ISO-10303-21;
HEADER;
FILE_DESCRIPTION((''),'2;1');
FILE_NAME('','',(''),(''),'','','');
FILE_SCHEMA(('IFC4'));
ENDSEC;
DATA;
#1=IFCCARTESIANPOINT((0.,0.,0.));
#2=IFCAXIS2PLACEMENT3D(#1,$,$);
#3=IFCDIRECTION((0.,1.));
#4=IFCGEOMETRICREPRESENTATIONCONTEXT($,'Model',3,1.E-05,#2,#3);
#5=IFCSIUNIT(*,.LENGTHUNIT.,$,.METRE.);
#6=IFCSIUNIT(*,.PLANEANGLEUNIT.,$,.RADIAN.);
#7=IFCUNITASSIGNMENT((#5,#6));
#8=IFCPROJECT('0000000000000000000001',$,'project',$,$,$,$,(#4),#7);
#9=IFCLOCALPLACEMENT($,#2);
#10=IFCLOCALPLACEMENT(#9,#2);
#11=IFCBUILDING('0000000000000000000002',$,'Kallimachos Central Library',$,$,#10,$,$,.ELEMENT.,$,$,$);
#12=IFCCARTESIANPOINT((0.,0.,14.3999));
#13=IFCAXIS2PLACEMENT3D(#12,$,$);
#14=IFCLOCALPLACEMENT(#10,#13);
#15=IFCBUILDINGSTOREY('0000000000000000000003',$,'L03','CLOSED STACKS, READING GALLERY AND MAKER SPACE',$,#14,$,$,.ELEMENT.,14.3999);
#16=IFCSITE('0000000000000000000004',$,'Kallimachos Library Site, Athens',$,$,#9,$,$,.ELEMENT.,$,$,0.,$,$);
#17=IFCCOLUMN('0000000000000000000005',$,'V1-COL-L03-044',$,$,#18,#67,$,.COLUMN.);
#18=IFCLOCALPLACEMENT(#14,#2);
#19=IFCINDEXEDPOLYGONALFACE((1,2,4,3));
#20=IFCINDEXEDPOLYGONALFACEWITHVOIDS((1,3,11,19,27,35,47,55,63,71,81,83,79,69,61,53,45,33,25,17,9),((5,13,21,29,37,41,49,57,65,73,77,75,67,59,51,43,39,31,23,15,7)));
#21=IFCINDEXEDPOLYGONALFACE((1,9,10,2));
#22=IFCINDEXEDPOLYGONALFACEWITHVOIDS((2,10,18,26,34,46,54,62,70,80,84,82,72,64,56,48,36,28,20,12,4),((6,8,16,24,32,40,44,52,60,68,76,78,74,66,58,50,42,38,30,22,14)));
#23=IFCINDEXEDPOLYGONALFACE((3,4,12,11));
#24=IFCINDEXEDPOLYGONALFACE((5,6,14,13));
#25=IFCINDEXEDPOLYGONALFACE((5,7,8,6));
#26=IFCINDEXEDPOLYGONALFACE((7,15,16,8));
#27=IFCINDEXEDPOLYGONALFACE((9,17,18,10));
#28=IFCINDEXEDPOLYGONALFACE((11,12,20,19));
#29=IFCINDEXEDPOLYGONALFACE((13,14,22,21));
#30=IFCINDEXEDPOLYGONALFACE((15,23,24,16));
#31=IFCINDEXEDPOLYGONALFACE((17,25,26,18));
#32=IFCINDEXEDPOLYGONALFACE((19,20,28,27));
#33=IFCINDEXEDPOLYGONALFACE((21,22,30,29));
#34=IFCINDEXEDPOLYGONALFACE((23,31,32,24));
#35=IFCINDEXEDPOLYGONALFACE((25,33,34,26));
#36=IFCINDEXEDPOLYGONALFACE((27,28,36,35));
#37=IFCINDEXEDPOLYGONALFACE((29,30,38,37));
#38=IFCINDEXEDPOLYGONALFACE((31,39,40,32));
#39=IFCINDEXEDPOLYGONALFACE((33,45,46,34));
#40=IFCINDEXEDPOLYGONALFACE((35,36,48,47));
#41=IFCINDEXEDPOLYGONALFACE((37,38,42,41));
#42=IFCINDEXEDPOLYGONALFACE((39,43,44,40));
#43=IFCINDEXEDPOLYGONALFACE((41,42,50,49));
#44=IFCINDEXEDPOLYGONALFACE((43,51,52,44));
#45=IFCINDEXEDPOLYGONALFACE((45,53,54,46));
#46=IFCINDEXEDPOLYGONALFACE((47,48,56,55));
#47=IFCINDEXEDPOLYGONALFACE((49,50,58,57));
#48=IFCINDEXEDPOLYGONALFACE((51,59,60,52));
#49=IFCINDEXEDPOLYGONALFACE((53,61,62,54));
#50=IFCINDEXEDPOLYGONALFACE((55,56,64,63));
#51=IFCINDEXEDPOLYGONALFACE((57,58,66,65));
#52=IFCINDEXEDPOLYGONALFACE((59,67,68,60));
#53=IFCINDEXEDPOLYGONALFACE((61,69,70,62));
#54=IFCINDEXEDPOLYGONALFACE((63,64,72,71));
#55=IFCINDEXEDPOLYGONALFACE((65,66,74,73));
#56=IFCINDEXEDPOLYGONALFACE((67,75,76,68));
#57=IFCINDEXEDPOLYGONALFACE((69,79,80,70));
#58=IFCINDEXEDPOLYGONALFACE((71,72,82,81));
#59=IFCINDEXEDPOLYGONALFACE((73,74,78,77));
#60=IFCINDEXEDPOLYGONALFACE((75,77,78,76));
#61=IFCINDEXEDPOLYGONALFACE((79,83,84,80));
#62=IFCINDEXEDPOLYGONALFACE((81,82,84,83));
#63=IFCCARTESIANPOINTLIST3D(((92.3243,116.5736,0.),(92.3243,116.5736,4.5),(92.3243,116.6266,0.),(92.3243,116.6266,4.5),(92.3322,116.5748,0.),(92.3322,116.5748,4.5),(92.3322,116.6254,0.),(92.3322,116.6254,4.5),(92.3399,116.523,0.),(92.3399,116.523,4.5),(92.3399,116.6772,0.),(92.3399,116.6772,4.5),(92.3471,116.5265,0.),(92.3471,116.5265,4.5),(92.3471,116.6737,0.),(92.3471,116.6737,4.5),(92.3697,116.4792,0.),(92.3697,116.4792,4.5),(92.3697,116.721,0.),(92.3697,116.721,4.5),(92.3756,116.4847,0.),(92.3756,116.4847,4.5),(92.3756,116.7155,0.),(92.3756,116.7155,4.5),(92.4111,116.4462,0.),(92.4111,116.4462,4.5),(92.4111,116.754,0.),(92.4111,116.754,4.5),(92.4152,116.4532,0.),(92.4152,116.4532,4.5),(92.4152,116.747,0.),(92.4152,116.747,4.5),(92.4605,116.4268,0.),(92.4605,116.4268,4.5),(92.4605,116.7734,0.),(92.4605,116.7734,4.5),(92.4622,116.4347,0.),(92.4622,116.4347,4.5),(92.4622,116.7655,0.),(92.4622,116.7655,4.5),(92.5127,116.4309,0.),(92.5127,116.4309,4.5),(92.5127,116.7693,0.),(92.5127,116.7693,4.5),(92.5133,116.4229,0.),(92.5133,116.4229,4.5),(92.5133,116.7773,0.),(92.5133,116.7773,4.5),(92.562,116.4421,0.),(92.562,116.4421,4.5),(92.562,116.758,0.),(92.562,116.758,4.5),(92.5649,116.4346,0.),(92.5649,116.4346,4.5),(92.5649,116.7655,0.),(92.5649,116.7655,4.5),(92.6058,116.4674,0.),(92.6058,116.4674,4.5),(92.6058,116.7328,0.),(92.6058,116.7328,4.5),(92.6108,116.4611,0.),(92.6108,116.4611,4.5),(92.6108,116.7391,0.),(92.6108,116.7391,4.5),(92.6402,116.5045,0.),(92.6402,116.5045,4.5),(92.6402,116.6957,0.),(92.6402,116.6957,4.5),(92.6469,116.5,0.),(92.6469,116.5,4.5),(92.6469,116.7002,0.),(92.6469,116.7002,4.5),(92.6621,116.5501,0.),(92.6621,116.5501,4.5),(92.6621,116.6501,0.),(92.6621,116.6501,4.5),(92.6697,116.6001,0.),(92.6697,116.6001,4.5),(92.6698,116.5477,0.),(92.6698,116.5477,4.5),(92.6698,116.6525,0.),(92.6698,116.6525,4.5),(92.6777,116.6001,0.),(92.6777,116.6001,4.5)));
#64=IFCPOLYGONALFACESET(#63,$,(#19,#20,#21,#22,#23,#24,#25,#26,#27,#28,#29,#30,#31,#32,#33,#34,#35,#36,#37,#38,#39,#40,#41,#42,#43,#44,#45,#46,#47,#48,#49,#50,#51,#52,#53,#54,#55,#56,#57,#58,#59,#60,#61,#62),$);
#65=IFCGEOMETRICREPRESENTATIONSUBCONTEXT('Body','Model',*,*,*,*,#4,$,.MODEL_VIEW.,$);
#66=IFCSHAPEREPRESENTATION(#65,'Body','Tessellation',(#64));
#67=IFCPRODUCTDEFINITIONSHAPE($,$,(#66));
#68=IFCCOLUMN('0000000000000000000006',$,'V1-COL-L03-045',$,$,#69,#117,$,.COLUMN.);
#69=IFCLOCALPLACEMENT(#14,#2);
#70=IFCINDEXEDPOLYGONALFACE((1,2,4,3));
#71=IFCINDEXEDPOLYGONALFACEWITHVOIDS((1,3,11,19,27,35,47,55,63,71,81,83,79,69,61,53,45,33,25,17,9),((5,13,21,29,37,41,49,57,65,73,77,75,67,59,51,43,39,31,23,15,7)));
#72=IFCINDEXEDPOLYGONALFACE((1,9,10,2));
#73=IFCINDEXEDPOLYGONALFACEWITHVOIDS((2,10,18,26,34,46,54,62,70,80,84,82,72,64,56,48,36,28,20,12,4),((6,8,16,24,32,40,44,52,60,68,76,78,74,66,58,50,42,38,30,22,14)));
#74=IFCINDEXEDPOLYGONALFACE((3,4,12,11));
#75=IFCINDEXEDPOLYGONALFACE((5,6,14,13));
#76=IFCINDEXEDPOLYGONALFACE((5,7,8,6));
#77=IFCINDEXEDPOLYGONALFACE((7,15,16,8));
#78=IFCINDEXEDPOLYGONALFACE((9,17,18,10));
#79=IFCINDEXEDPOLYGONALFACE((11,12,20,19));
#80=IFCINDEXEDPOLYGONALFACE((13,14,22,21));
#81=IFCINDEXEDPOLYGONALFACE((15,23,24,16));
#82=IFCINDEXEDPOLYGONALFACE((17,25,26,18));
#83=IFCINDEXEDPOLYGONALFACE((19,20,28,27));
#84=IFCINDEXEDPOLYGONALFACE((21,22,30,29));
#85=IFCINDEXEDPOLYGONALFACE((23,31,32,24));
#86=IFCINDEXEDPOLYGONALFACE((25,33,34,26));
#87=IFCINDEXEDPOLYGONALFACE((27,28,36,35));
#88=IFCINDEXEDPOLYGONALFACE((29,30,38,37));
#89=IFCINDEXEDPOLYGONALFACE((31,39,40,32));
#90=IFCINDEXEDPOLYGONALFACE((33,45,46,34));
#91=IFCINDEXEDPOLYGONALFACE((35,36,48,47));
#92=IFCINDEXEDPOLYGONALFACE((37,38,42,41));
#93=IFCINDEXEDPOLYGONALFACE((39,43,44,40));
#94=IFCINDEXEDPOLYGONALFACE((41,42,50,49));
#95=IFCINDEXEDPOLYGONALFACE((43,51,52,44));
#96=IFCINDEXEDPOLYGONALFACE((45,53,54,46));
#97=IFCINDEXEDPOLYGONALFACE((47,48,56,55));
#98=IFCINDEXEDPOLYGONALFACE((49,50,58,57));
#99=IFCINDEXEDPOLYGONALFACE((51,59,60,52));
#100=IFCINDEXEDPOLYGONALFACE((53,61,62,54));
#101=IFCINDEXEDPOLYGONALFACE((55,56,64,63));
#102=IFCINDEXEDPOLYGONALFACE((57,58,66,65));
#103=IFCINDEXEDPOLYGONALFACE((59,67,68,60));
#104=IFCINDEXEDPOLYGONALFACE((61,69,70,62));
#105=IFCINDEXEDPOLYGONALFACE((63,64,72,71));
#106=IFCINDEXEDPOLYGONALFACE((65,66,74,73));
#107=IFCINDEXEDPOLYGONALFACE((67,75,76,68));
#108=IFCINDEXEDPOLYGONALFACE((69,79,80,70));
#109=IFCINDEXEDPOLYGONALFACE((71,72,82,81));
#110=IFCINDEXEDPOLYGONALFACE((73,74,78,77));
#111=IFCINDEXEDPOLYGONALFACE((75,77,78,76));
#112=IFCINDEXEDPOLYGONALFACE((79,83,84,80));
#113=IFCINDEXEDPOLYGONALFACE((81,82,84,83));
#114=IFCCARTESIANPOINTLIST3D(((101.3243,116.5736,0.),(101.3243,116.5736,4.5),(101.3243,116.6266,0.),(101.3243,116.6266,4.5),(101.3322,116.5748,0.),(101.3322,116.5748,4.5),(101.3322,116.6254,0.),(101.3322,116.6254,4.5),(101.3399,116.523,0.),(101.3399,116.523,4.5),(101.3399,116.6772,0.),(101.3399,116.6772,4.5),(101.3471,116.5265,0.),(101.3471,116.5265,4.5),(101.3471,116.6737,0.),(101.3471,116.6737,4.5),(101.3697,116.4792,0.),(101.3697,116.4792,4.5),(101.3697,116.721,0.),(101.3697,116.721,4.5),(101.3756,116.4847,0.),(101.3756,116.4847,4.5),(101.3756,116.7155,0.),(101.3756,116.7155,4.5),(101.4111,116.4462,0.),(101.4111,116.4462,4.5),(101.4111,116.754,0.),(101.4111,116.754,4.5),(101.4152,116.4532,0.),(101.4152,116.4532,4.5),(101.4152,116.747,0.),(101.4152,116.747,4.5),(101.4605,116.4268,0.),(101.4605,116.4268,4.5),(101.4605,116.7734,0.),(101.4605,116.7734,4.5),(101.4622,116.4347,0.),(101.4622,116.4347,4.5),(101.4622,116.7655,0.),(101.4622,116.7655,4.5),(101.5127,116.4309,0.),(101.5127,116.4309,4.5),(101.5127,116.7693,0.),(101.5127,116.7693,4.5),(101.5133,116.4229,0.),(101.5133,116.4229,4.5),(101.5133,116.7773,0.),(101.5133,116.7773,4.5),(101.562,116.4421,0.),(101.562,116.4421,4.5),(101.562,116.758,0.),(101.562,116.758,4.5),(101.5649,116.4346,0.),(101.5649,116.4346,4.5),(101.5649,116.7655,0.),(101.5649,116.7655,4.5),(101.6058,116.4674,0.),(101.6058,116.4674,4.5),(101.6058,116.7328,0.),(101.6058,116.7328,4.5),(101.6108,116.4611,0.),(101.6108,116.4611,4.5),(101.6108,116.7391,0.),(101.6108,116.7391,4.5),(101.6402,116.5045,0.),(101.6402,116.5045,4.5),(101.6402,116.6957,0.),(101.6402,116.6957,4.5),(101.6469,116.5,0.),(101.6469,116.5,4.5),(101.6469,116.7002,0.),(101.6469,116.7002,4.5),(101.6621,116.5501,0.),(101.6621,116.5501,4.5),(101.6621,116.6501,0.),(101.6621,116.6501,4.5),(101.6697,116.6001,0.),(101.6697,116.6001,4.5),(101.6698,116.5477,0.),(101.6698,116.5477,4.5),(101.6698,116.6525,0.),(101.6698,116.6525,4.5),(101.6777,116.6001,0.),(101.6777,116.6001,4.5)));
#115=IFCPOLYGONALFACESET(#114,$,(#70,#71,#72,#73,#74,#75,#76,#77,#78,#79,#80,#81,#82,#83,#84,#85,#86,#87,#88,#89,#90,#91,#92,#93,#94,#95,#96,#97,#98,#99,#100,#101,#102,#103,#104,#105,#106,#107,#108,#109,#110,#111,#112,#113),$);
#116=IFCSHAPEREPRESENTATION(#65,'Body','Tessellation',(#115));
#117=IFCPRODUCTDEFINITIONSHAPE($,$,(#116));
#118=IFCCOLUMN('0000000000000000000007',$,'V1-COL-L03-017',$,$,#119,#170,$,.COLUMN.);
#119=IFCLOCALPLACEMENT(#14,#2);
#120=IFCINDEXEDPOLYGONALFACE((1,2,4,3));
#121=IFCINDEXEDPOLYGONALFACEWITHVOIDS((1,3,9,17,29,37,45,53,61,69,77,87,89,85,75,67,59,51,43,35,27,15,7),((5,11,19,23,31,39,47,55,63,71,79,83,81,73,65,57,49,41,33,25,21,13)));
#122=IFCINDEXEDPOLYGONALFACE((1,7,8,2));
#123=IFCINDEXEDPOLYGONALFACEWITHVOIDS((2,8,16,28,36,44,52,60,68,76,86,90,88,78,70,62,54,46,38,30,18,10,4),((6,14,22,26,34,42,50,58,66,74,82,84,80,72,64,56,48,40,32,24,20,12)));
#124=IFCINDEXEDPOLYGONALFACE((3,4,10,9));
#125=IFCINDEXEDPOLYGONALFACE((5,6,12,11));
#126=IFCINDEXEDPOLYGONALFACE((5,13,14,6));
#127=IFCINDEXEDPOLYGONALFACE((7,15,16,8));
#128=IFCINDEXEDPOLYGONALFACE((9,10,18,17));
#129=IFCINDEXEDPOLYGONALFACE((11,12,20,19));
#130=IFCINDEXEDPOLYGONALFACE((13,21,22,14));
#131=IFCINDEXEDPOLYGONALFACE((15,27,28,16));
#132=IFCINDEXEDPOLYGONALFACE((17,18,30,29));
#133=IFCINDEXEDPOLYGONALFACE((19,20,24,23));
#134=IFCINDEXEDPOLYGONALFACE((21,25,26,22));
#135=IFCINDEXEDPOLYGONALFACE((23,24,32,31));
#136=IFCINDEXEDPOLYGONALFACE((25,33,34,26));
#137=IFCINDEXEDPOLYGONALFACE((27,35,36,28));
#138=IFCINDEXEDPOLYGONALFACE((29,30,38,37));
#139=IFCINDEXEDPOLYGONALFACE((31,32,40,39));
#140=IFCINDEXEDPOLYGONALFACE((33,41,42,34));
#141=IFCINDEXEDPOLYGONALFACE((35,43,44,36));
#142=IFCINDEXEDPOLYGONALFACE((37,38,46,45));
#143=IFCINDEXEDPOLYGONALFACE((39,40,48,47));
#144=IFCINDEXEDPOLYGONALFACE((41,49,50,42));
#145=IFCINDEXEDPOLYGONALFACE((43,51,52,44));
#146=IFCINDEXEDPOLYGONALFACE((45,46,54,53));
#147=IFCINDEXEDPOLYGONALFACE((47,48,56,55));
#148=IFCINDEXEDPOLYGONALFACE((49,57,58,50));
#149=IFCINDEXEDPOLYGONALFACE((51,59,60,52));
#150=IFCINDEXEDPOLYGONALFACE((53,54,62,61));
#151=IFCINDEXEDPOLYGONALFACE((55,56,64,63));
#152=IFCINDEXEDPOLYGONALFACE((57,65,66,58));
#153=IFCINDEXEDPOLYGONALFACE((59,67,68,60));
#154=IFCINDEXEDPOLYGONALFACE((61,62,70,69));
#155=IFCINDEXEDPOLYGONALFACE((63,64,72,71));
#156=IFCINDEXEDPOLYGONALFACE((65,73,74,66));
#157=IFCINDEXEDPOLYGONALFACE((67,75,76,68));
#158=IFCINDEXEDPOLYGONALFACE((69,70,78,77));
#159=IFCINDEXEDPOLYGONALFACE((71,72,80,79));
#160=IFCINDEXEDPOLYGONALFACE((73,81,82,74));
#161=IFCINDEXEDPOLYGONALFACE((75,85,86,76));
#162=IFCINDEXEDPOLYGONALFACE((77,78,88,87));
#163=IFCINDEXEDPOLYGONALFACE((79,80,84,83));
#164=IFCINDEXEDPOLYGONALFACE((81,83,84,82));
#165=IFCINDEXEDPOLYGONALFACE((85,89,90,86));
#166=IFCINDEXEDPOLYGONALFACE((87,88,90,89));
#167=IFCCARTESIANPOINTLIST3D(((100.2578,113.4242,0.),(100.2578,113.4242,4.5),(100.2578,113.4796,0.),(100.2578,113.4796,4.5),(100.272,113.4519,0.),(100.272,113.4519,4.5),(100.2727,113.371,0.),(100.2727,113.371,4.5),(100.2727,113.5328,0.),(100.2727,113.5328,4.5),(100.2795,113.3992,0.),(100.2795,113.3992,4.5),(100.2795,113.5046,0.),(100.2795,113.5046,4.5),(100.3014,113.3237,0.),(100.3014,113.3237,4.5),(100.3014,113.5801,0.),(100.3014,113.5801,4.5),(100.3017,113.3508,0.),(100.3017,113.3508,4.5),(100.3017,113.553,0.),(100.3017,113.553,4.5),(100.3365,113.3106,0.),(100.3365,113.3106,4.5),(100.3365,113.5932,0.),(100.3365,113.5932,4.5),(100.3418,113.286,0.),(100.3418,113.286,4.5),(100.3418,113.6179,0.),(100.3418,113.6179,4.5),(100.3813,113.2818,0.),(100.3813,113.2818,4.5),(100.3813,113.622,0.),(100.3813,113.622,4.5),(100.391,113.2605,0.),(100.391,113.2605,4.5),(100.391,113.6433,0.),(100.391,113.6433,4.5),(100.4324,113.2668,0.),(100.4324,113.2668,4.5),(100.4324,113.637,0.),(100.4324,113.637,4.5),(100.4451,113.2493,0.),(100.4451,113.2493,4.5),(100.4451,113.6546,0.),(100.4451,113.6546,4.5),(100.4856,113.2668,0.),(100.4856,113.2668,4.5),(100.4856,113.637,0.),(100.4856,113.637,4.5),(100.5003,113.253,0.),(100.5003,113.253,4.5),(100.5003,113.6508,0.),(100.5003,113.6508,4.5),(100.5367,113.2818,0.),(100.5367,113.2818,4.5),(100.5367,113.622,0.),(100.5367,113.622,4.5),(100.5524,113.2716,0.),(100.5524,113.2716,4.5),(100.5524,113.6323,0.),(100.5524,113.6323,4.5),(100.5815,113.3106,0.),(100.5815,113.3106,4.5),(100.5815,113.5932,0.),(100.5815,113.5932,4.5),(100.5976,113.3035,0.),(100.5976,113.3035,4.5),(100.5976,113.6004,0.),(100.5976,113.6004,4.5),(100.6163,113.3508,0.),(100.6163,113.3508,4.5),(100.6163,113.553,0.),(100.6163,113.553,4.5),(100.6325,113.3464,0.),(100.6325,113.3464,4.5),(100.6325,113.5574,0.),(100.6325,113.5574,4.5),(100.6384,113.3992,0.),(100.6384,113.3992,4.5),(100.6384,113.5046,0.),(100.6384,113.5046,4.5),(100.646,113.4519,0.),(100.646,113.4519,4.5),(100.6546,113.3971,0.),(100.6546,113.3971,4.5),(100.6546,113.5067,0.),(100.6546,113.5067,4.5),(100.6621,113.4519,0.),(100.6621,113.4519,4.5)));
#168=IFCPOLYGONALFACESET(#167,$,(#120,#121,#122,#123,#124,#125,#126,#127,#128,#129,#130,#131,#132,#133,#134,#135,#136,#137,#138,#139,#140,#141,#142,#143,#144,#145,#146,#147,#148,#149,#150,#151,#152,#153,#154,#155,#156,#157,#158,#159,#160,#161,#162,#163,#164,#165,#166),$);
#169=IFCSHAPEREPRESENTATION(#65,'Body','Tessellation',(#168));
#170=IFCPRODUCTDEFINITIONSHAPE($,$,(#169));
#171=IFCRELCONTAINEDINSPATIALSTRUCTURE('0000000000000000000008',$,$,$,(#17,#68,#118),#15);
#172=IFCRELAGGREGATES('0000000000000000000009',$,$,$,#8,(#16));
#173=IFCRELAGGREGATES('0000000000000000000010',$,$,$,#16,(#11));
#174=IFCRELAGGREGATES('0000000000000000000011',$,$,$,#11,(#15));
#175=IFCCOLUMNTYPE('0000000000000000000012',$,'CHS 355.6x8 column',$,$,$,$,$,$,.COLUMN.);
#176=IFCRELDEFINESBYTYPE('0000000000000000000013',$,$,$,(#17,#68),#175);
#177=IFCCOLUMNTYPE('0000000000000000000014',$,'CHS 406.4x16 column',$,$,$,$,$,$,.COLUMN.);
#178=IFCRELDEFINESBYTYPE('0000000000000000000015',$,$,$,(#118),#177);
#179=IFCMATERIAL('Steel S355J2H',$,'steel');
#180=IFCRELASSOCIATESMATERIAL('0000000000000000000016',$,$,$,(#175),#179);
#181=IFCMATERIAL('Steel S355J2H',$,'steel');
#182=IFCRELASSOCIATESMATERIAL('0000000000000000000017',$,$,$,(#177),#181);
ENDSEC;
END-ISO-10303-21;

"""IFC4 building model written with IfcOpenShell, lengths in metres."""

from ifc_helpers import new_model, si_unit, direction, frame, origin, origin_2d, place, context, subcontext, project, spatial, hollow_circle, extrude, material, material_profile, profile_set, type_object, element, save


model = new_model("IFC4")

# Units and contexts
model_context = context("Model", 3, precision=1e-05, world=origin(), true_north=direction((0.0, 1.0)))
body_context = subcontext(model_context, "Body", "Model", "MODEL_VIEW")
ifc_project = project(units=[si_unit("LENGTHUNIT", "METRE"), si_unit("PLANEANGLEUNIT", "RADIAN")], contexts=[model_context])

# Site, building, storey
site_placement = place(None, origin())
site = spatial("IfcSite", under=ifc_project, at=site_placement, Name="Kallimachos Library Site, Athens", CompositionType="ELEMENT", RefElevation=0.0)
building_placement = place(site_placement, origin())
building = spatial("IfcBuilding", under=site, at=building_placement, Name="Kallimachos Central Library", CompositionType="ELEMENT")
storey_placement = place(building_placement, frame((0.0, 0.0, 14.3999)))
storey = spatial("IfcBuildingStorey", under=building, at=storey_placement, Name="L03", Description="CLOSED STACKS, READING GALLERY AND MAKER SPACE", CompositionType="ELEMENT", Elevation=14.3999)

# Columns
ifc_material_1 = material(Name="Steel S355J2H", Category="steel")
ifc_material_profile_1 = material_profile(ifc_material_1, hollow_circle(Radius=0.1777, WallThickness=0.0081, at=origin_2d()), Name="CHS 355.6x8")
ifc_profile_set_1 = profile_set([ifc_material_profile_1], Name="Steel S355J2H")
column_type_1 = type_object("IfcColumnType", Name="CHS 355.6x8 column", PredefinedType="COLUMN", material=ifc_profile_set_1)
for number, where, z_axis, x_axis, name in (
    (1, (92.5, 116.6001, 0.0), (0.0, 0.0, 1.0), (1.0, 0.0, 0.0), "V1-COL-L03-044"),
    (2, (101.5, 116.6001, 0.0), (0.0, 0.0, 1.0), (1.0, 0.0, 0.0), "V1-COL-L03-045"),
):
    element("IfcColumn", number, at=place(storey_placement, frame(where, z_axis=z_axis, x_axis=x_axis)), inside=storey, type_object=column_type_1, Name=name, PredefinedType="COLUMN", context=body_context, shape_type="SweptSolid", body=[
        extrude(hollow_circle(Radius=0.1777, WallThickness=0.0081, at=origin_2d()), origin(), (0.0, 0.0, 1.0), 4.5),
    ])
ifc_material_2 = material(Name="Steel S355J2H", Category="steel")
ifc_material_profile_2 = material_profile(ifc_material_2, hollow_circle(Radius=0.2031, WallThickness=0.0161, at=origin_2d()), Name="CHS 406.4x16")
ifc_profile_set_2 = profile_set([ifc_material_profile_2], Name="Steel S355J2H")
column_type_2 = type_object("IfcColumnType", Name="CHS 406.4x16 column", PredefinedType="COLUMN", material=ifc_profile_set_2)
for number, where, z_axis, x_axis, name in (
    (3, (100.459, 113.4519, 0.0), (0.0, 0.0, 1.0), (1.0, 0.0, 0.0), "V1-COL-L03-017"),
):
    element("IfcColumn", number, at=place(storey_placement, frame(where, z_axis=z_axis, x_axis=x_axis)), inside=storey, type_object=column_type_2, Name=name, PredefinedType="COLUMN", context=body_context, shape_type="SweptSolid", body=[
        extrude(hollow_circle(Radius=0.2031, WallThickness=0.0161, at=origin_2d()), origin(), (0.0, 0.0, 1.0), 4.5),
    ])

save(model, "model.ifc")
